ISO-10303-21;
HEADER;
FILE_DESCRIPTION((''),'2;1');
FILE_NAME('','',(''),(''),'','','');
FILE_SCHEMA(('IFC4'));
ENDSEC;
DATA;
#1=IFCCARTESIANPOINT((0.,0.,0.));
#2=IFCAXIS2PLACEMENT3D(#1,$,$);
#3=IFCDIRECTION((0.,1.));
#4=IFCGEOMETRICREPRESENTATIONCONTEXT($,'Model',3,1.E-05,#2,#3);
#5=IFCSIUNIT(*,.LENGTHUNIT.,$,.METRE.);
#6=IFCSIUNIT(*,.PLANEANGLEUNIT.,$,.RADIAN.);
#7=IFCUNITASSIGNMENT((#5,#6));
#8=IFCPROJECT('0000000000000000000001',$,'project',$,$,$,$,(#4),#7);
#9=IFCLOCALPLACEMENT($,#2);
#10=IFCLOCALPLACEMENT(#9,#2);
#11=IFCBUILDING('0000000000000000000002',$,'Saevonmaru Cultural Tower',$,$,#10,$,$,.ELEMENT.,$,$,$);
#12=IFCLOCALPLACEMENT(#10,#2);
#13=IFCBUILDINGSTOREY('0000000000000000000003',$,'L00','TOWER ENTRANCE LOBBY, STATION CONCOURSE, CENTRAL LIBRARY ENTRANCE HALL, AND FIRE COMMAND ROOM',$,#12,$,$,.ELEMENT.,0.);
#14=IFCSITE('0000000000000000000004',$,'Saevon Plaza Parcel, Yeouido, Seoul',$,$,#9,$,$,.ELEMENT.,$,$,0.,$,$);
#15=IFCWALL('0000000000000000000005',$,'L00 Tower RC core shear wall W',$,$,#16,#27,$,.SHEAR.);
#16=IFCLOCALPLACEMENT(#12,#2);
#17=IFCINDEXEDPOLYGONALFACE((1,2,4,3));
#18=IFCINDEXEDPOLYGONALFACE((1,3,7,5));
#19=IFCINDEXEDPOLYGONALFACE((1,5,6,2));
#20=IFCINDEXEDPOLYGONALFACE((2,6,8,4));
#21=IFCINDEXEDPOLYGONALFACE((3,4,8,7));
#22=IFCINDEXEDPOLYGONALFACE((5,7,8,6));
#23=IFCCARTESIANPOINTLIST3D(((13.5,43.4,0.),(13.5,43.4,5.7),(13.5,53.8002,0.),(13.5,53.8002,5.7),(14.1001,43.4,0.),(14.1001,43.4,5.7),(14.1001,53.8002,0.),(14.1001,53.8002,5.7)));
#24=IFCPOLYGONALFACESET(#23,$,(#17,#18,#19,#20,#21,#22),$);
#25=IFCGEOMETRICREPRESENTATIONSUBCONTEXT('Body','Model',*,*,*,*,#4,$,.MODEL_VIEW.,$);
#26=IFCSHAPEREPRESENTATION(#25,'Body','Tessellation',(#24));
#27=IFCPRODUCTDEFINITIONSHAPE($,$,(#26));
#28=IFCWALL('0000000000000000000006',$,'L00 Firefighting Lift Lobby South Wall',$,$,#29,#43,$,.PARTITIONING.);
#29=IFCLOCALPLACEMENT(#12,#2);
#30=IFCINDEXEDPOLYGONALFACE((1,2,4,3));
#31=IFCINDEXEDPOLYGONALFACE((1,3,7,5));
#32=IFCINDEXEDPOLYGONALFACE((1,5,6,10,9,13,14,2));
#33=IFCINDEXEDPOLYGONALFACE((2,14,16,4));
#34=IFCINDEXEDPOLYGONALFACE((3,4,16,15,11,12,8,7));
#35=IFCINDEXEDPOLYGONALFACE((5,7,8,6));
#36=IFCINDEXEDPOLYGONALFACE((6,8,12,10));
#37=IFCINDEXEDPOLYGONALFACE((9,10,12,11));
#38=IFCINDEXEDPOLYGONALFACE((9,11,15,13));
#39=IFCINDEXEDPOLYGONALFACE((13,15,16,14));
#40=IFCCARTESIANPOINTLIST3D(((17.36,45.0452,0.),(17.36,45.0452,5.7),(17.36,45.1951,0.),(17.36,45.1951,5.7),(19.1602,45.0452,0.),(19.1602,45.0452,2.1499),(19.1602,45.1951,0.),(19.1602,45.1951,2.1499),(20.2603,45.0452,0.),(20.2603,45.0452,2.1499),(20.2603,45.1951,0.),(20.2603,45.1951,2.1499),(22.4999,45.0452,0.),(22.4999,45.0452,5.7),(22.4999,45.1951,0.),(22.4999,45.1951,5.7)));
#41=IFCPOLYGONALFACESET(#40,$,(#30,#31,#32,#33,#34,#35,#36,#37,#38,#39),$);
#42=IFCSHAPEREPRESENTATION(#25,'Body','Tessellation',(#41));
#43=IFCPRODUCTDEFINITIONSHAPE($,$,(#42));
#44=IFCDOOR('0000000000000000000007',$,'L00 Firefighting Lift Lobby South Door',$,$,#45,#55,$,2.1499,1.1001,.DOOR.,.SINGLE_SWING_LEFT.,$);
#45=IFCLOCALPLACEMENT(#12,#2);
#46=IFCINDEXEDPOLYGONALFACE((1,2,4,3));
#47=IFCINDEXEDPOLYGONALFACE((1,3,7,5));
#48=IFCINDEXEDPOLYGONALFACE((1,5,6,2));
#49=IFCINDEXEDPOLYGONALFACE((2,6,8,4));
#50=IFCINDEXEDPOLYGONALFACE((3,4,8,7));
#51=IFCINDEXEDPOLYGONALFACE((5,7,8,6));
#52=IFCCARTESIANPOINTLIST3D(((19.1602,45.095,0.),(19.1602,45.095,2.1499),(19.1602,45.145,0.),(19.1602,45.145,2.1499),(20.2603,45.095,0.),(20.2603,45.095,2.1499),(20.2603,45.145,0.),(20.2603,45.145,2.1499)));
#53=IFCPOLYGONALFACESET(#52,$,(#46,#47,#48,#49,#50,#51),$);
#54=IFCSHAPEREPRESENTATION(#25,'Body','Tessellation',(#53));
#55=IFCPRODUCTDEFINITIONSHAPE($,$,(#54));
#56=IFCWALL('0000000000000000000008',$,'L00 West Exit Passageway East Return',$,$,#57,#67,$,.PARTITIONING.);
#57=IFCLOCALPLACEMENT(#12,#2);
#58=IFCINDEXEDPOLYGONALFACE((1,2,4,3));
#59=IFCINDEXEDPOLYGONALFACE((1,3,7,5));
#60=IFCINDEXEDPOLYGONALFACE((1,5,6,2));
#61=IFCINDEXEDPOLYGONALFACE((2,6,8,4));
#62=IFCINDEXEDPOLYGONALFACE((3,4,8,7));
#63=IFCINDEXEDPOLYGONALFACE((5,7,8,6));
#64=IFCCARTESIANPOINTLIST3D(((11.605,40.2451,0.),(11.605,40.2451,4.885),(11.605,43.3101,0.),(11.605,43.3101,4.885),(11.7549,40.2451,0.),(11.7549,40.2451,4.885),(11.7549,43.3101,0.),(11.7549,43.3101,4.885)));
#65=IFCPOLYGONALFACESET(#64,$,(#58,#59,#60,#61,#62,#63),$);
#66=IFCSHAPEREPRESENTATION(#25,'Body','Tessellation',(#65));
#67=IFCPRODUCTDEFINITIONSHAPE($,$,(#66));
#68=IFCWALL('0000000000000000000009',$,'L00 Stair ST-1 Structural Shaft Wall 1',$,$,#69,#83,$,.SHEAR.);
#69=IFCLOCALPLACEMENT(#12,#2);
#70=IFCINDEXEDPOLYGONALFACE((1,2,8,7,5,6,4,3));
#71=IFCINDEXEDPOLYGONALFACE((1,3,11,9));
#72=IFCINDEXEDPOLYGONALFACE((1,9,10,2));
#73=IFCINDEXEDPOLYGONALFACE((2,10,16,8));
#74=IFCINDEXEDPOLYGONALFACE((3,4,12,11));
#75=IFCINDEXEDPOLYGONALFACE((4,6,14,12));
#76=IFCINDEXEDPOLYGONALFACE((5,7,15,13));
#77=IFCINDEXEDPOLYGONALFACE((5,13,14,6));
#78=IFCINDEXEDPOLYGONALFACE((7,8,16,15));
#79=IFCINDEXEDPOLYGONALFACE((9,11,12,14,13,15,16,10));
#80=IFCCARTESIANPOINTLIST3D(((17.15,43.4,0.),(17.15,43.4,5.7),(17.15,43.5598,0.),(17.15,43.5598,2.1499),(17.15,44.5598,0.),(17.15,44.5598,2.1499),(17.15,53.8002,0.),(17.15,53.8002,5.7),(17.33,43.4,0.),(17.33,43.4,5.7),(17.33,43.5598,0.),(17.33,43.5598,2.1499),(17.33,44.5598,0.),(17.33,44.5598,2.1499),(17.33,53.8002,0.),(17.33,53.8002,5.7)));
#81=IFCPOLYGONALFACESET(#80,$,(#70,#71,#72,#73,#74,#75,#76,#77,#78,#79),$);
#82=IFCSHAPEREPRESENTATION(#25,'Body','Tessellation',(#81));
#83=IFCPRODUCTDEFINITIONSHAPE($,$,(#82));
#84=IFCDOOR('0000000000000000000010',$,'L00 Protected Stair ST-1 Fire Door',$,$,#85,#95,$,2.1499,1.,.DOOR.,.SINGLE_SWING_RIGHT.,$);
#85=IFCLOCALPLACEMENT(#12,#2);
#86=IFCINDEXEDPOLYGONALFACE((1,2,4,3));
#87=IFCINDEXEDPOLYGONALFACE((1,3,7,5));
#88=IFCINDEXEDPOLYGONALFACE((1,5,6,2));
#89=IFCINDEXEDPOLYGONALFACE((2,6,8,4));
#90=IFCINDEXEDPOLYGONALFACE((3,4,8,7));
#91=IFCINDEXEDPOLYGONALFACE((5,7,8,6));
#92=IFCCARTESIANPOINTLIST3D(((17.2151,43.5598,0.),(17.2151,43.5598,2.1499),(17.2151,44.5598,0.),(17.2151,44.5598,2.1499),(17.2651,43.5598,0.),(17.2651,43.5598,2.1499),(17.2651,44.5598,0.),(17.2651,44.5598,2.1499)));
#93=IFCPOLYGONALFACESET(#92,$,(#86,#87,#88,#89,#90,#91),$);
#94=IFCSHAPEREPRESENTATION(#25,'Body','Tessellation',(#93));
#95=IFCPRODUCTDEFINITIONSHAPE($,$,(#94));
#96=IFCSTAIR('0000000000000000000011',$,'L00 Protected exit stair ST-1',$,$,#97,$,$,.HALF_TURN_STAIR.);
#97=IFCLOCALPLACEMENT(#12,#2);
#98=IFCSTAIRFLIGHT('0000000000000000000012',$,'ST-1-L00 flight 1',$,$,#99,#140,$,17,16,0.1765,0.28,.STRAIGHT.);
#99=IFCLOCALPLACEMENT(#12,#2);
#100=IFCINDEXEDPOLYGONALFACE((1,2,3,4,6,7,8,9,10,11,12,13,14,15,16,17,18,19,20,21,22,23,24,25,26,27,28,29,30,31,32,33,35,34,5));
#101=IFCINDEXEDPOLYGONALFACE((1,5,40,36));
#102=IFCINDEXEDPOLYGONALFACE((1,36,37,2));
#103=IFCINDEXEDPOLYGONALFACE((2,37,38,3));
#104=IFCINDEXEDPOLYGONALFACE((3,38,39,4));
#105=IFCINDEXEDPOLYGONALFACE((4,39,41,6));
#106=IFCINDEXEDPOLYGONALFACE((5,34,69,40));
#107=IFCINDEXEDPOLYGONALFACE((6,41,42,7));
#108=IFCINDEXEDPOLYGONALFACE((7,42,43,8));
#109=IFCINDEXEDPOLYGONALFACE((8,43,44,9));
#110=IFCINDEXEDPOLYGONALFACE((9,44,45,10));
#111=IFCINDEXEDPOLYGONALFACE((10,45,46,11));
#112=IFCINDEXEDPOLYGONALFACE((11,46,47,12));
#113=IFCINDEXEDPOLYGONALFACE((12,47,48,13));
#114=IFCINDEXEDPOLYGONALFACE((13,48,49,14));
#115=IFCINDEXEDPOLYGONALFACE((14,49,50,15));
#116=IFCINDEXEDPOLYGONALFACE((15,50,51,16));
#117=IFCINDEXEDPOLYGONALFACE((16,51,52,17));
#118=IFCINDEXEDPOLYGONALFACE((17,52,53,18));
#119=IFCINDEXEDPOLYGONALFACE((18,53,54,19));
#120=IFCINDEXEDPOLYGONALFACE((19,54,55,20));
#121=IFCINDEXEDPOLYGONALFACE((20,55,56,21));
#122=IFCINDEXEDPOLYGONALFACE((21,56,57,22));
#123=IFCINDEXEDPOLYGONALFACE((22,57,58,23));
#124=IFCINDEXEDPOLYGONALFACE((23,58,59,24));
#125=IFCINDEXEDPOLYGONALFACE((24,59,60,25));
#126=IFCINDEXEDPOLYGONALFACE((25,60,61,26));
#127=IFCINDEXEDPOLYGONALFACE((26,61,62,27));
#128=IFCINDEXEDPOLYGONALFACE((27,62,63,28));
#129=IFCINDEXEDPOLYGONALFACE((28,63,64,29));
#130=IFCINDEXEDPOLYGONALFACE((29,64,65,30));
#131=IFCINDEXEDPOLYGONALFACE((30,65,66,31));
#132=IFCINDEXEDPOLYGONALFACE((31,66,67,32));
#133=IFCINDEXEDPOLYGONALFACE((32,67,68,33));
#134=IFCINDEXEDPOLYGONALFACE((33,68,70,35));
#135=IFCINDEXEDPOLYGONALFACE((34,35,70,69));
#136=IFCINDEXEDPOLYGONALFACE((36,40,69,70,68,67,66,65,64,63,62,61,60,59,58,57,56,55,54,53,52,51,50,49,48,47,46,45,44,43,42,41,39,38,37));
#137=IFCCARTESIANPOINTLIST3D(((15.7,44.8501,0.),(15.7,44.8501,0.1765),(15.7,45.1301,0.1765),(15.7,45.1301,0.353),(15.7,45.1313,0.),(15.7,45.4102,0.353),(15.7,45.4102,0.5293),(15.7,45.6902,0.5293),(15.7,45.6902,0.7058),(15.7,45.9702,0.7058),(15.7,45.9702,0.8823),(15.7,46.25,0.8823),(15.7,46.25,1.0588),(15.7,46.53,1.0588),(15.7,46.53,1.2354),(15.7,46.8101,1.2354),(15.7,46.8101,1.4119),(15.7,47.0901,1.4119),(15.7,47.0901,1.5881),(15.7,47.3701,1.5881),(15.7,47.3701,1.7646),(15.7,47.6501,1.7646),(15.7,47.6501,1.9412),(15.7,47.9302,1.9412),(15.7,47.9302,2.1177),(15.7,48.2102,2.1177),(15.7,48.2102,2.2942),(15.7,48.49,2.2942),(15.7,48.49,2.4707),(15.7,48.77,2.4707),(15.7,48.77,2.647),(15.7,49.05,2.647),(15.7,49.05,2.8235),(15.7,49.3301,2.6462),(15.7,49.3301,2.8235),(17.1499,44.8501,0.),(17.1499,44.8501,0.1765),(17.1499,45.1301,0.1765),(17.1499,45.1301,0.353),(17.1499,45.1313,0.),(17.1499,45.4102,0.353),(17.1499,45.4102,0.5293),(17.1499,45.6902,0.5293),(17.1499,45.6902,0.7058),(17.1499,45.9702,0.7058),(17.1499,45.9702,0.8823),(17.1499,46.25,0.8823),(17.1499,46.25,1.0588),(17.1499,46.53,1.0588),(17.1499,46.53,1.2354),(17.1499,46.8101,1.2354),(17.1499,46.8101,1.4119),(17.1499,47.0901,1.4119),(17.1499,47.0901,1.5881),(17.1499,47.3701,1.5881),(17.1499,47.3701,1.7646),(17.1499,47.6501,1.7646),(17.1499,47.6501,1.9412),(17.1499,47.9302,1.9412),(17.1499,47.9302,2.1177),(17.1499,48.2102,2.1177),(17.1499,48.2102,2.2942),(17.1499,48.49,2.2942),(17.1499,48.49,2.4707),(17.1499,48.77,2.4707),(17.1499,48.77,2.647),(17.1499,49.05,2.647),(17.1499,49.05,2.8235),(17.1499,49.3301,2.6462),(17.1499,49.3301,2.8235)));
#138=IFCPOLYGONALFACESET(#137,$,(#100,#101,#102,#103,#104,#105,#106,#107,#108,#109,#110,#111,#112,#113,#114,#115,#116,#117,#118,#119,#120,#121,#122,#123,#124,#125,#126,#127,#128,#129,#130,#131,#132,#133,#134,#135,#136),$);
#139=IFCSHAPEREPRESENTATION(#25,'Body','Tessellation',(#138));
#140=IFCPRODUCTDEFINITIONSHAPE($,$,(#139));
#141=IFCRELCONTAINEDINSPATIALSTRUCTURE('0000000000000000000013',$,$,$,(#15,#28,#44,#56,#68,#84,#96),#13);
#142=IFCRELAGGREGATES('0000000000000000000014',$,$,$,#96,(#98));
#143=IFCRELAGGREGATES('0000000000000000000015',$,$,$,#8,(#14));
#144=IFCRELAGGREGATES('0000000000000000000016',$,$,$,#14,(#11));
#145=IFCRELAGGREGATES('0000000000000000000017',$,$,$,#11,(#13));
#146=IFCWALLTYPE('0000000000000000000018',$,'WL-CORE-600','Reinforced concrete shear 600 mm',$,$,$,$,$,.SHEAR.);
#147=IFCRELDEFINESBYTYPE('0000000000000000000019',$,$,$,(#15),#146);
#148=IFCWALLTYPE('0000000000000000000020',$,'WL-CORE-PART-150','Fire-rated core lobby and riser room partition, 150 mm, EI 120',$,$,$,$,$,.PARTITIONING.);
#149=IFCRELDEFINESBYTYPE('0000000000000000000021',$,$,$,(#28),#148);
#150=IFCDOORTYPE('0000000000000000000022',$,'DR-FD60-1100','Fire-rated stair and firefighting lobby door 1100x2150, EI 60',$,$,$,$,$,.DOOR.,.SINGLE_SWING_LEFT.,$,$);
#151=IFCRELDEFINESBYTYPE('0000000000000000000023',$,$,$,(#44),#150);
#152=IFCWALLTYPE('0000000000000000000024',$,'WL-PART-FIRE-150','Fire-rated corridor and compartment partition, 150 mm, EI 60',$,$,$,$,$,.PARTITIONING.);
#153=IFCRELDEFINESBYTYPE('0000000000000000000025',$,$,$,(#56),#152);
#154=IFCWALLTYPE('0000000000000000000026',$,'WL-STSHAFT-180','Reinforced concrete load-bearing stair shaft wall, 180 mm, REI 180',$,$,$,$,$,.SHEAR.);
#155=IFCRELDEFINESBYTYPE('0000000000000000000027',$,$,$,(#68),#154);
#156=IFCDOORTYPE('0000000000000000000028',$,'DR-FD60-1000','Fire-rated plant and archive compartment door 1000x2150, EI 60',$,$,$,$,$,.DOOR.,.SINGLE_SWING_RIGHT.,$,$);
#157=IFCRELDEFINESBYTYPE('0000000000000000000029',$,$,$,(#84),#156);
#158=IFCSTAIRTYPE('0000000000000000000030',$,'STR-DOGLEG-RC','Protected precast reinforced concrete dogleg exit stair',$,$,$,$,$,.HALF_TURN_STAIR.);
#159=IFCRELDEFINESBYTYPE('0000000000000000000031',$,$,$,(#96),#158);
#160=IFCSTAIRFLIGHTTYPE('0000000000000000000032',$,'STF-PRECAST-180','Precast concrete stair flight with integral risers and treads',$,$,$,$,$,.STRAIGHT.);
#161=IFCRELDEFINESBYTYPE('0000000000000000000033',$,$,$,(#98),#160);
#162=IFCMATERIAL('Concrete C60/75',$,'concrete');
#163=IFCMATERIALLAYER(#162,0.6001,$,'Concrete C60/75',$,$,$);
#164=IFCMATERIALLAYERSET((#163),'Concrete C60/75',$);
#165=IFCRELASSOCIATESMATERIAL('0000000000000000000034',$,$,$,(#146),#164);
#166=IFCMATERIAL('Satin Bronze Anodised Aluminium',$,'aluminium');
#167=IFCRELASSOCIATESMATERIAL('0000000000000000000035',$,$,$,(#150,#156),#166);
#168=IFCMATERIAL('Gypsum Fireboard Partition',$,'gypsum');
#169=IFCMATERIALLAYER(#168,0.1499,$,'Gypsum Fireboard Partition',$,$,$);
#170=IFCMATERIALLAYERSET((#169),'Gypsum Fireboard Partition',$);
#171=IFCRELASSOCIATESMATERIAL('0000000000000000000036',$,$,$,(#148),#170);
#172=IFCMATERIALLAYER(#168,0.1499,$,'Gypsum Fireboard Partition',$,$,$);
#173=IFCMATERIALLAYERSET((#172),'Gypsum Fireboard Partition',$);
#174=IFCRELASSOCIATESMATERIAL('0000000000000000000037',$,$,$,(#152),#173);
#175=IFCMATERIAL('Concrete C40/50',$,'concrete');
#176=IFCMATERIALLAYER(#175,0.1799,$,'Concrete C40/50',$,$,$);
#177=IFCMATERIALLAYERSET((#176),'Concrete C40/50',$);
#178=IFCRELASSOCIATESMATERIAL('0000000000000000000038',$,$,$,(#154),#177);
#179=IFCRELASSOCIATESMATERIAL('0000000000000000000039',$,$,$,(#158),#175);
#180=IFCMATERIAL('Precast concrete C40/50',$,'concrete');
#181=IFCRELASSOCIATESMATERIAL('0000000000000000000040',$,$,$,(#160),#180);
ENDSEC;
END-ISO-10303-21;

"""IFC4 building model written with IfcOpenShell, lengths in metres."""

from ifc_helpers import new_model, si_unit, direction, frame, frame_2d, origin, place, context, subcontext, project, spatial, polyline, rectangle, outline, extrude, material, layer, layer_set, type_object, element, fill, aggregate, save


model = new_model("IFC4")

# Units and contexts
model_context = context("Model", 3, precision=1e-05, world=origin(), true_north=direction((0.0, 1.0)))
body_context = subcontext(model_context, "Body", "Model", "MODEL_VIEW")
ifc_project = project(units=[si_unit("LENGTHUNIT", "METRE"), si_unit("PLANEANGLEUNIT", "RADIAN")], contexts=[model_context])

# Site, building, storey
site_placement = place(None, origin())
site = spatial("IfcSite", under=ifc_project, at=site_placement, Name="Saevon Plaza Parcel, Yeouido, Seoul", CompositionType="ELEMENT", RefElevation=0.0)
building_placement = place(site_placement, origin())
building = spatial("IfcBuilding", under=site, at=building_placement, Name="Saevonmaru Cultural Tower", CompositionType="ELEMENT")
storey_placement = place(building_placement, origin())
storey = spatial("IfcBuildingStorey", under=building, at=storey_placement, Name="L00", Description="TOWER ENTRANCE LOBBY, STATION CONCOURSE, CENTRAL LIBRARY ENTRANCE HALL, AND FIRE COMMAND ROOM", CompositionType="ELEMENT", Elevation=0.0)

# Shared definitions
ifc_material_1 = material(Name="Concrete C60/75", Category="concrete")
ifc_layer_1 = layer(ifc_material_1, 0.6001, Name="Concrete C60/75")
ifc_layer_set_1 = layer_set([ifc_layer_1], Name="Concrete C60/75")
wall_type_1 = type_object("IfcWallType", Name="WL-CORE-600", Description="Reinforced concrete shear 600 mm", PredefinedType="SHEAR", material=ifc_layer_set_1)
ifc_material_2 = material(Name="Satin Bronze Anodised Aluminium", Category="aluminium")
door_type_1 = type_object("IfcDoorType", Name="DR-FD60-1100", Description="Fire-rated stair and firefighting lobby door 1100x2150, EI 60", OperationType="SINGLE_SWING_LEFT", PredefinedType="DOOR", material=ifc_material_2)

# Wall
wall_1_placement = place(storey_placement, frame((13.8, 43.3999, 0.0), z_axis=(0.0, 0.0, 1.0), x_axis=(0.0, 1.0, 0.0)))
element("IfcWall", 1, at=wall_1_placement, inside=storey, type_object=wall_type_1, Name="L00 Tower RC core shear wall W", PredefinedType="SHEAR", context=body_context, shape_type="SweptSolid", body=[
    extrude(rectangle(XDim=10.4001, YDim=0.6001, at=frame_2d((5.2002, 0.0))), origin(), (0.0, 0.0, 1.0), 5.7),
])

# Wall, opening, door
ifc_material_3 = material(Name="Gypsum Fireboard Partition", Category="gypsum")
ifc_layer_2 = layer(ifc_material_3, 0.1499, Name="Gypsum Fireboard Partition")
ifc_layer_set_2 = layer_set([ifc_layer_2], Name="Gypsum Fireboard Partition")
wall_type_2 = type_object("IfcWallType", Name="WL-CORE-PART-150", Description="Fire-rated core lobby and riser room partition, 150 mm, EI 120", PredefinedType="PARTITIONING", material=ifc_layer_set_2)
wall_2_placement = place(storey_placement, frame((17.3601, 45.1201, 0.0), z_axis=(0.0, 0.0, 1.0), x_axis=(1.0, 0.0, 0.0)))
wall_2 = element("IfcWall", 2, at=wall_2_placement, inside=storey, type_object=wall_type_2, Name="L00 Firefighting Lift Lobby South Wall", PredefinedType="PARTITIONING", context=body_context, shape_type="SweptSolid", body=[
    extrude(rectangle(XDim=5.1399, YDim=0.1499, at=frame_2d((2.5698, 0.0))), origin(), (0.0, 0.0, 1.0), 5.7),
])
opening_1_placement = place(wall_2_placement, frame((1.8, 0.0, 0.0)))
opening_1 = element("IfcOpeningElement", 3, at=opening_1_placement, cuts=wall_2, PredefinedType="OPENING", context=body_context, shape_type="SweptSolid", body=[
    extrude(rectangle(XDim=1.1001, YDim=2.1499, at=frame_2d((0.55, 1.075))), frame((0.0, 0.085, 0.0), z_axis=(0.0, -1.0, 0.0), x_axis=(1.0, 0.0, 0.0)), (0.0, 0.0, 1.0), 0.1699),
])
door_1_placement = place(opening_1_placement, origin())
door_1 = element("IfcDoor", 4, at=door_1_placement, inside=storey, type_object=door_type_1, Name="L00 Firefighting Lift Lobby South Door", OperationType="SINGLE_SWING_LEFT", OverallHeight=2.1499, OverallWidth=1.1001, PredefinedType="DOOR", context=body_context, shape_type="SweptSolid", body=[
    extrude(rectangle(XDim=1.1001, YDim=2.1499, at=frame_2d((0.55, 1.075))), frame((0.0, 0.0249, 0.0), z_axis=(0.0, -1.0, 0.0), x_axis=(1.0, 0.0, 0.0)), (0.0, 0.0, 1.0), 0.05),
])
fill(opening_1, door_1)

# Wall
ifc_layer_3 = layer(ifc_material_3, 0.1499, Name="Gypsum Fireboard Partition")
ifc_layer_set_3 = layer_set([ifc_layer_3], Name="Gypsum Fireboard Partition")
wall_type_3 = type_object("IfcWallType", Name="WL-PART-FIRE-150", Description="Fire-rated corridor and compartment partition, 150 mm, EI 60", PredefinedType="PARTITIONING", material=ifc_layer_set_3)
wall_3_placement = place(storey_placement, frame((11.6799, 40.2451, 0.0), z_axis=(0.0, 0.0, 1.0), x_axis=(0.0, 1.0, 0.0)))
element("IfcWall", 5, at=wall_3_placement, inside=storey, type_object=wall_type_3, Name="L00 West Exit Passageway East Return", PredefinedType="PARTITIONING", context=body_context, shape_type="SweptSolid", body=[
    extrude(rectangle(XDim=3.0649, YDim=0.1499, at=frame_2d((1.5325, 0.0))), origin(), (0.0, 0.0, 1.0), 4.885),
])

# Wall, opening, door
ifc_material_4 = material(Name="Concrete C40/50", Category="concrete")
ifc_layer_4 = layer(ifc_material_4, 0.1799, Name="Concrete C40/50")
ifc_layer_set_4 = layer_set([ifc_layer_4], Name="Concrete C40/50")
wall_type_4 = type_object("IfcWallType", Name="WL-STSHAFT-180", Description="Reinforced concrete load-bearing stair shaft wall, 180 mm, REI 180", PredefinedType="SHEAR", material=ifc_layer_set_4)
wall_4_placement = place(storey_placement, frame((17.24, 43.3999, 0.0), z_axis=(0.0, 0.0, 1.0), x_axis=(0.0, 1.0, 0.0)))
wall_4 = element("IfcWall", 6, at=wall_4_placement, inside=storey, type_object=wall_type_4, Name="L00 Stair ST-1 Structural Shaft Wall 1", PredefinedType="SHEAR", context=body_context, shape_type="SweptSolid", body=[
    extrude(rectangle(XDim=10.4001, YDim=0.1799, at=frame_2d((5.2002, 0.0))), origin(), (0.0, 0.0, 1.0), 5.7),
])
opening_2_placement = place(wall_4_placement, frame((0.1599, 0.0, 0.0)))
opening_2 = element("IfcOpeningElement", 7, at=opening_2_placement, cuts=wall_4, PredefinedType="OPENING", context=body_context, shape_type="SweptSolid", body=[
    extrude(rectangle(XDim=1.0, YDim=2.1499, at=frame_2d((0.5, 1.075))), frame((0.0, 0.1001, 0.0), z_axis=(0.0, -1.0, 0.0), x_axis=(1.0, 0.0, 0.0)), (0.0, 0.0, 1.0), 0.2),
])
door_type_2 = type_object("IfcDoorType", Name="DR-FD60-1000", Description="Fire-rated plant and archive compartment door 1000x2150, EI 60", OperationType="SINGLE_SWING_RIGHT", PredefinedType="DOOR", material=ifc_material_2)
door_2_placement = place(opening_2_placement, origin())
door_2 = element("IfcDoor", 8, at=door_2_placement, inside=storey, type_object=door_type_2, Name="L00 Protected Stair ST-1 Fire Door", OperationType="SINGLE_SWING_RIGHT", OverallHeight=2.1499, OverallWidth=1.0, PredefinedType="DOOR", context=body_context, shape_type="SweptSolid", body=[
    extrude(rectangle(XDim=1.0, YDim=2.1499, at=frame_2d((0.5, 1.075))), frame((0.0, 0.0249, 0.0), z_axis=(0.0, -1.0, 0.0), x_axis=(1.0, 0.0, 0.0)), (0.0, 0.0, 1.0), 0.05),
])
fill(opening_2, door_2)

# Stair, stair flight
stair_type = type_object("IfcStairType", Name="STR-DOGLEG-RC", Description="Protected precast reinforced concrete dogleg exit stair", PredefinedType="HALF_TURN_STAIR", material=ifc_material_4)
stair_placement = place(storey_placement, origin())
stair = element("IfcStair", 9, at=stair_placement, inside=storey, type_object=stair_type, Name="L00 Protected exit stair ST-1", PredefinedType="HALF_TURN_STAIR")
ifc_material_5 = material(Name="Precast concrete C40/50", Category="concrete")
stair_flight_type = type_object("IfcStairFlightType", Name="STF-PRECAST-180", Description="Precast concrete stair flight with integral risers and treads", PredefinedType="STRAIGHT", material=ifc_material_5)
stair_flight_placement = place(storey_placement, frame((16.425, 44.8501, 0.0), z_axis=(0.0, 0.0, 1.0), x_axis=(0.0, 1.0, 0.0)))
stair_flight = element("IfcStairFlight", 10, at=stair_flight_placement, type_object=stair_flight_type, Name="ST-1-L00 flight 1", NumberOfRisers=17, NumberOfTreads=16, PredefinedType="STRAIGHT", RiserHeight=0.1765, TreadLength=0.28, context=body_context, shape_type="SweptSolid", body=[
    extrude(outline(polyline([(0.0, 0.0), (0.0, 0.1765), (0.28, 0.1765), (0.28, 0.353), (0.5601, 0.353), (0.5601, 0.5293), (0.8401, 0.5293), (0.8401, 0.7058), (1.1201, 0.7058), (1.1201, 0.8823), (1.3999, 0.8823), (1.3999, 1.0588), (1.6799, 1.0588), (1.6799, 1.2354), (1.96, 1.2354), (1.96, 1.4119), (2.24, 1.4119), (2.24, 1.5881), (2.52, 1.5881), (2.52, 1.7646), (2.8, 1.7646), (2.8, 1.9412), (3.0801, 1.9412), (3.0801, 2.1177), (3.3601, 2.1177), (3.3601, 2.2942), (3.6399, 2.2942), (3.6399, 2.4707), (3.9199, 2.4707), (3.9199, 2.647), (4.2, 2.647), (4.2, 2.8235), (4.48, 2.8235), (4.48, 3.0), (4.48, 2.6462), (0.2812, 0.0), (0.0, 0.0)])), frame((0.0, 0.7251, 0.0), z_axis=(0.0, -1.0, 0.0), x_axis=(1.0, 0.0, 0.0)), (0.0, 0.0, 1.0), 1.45),
])
aggregate(stair, [stair_flight])

save(model, "model.ifc")
